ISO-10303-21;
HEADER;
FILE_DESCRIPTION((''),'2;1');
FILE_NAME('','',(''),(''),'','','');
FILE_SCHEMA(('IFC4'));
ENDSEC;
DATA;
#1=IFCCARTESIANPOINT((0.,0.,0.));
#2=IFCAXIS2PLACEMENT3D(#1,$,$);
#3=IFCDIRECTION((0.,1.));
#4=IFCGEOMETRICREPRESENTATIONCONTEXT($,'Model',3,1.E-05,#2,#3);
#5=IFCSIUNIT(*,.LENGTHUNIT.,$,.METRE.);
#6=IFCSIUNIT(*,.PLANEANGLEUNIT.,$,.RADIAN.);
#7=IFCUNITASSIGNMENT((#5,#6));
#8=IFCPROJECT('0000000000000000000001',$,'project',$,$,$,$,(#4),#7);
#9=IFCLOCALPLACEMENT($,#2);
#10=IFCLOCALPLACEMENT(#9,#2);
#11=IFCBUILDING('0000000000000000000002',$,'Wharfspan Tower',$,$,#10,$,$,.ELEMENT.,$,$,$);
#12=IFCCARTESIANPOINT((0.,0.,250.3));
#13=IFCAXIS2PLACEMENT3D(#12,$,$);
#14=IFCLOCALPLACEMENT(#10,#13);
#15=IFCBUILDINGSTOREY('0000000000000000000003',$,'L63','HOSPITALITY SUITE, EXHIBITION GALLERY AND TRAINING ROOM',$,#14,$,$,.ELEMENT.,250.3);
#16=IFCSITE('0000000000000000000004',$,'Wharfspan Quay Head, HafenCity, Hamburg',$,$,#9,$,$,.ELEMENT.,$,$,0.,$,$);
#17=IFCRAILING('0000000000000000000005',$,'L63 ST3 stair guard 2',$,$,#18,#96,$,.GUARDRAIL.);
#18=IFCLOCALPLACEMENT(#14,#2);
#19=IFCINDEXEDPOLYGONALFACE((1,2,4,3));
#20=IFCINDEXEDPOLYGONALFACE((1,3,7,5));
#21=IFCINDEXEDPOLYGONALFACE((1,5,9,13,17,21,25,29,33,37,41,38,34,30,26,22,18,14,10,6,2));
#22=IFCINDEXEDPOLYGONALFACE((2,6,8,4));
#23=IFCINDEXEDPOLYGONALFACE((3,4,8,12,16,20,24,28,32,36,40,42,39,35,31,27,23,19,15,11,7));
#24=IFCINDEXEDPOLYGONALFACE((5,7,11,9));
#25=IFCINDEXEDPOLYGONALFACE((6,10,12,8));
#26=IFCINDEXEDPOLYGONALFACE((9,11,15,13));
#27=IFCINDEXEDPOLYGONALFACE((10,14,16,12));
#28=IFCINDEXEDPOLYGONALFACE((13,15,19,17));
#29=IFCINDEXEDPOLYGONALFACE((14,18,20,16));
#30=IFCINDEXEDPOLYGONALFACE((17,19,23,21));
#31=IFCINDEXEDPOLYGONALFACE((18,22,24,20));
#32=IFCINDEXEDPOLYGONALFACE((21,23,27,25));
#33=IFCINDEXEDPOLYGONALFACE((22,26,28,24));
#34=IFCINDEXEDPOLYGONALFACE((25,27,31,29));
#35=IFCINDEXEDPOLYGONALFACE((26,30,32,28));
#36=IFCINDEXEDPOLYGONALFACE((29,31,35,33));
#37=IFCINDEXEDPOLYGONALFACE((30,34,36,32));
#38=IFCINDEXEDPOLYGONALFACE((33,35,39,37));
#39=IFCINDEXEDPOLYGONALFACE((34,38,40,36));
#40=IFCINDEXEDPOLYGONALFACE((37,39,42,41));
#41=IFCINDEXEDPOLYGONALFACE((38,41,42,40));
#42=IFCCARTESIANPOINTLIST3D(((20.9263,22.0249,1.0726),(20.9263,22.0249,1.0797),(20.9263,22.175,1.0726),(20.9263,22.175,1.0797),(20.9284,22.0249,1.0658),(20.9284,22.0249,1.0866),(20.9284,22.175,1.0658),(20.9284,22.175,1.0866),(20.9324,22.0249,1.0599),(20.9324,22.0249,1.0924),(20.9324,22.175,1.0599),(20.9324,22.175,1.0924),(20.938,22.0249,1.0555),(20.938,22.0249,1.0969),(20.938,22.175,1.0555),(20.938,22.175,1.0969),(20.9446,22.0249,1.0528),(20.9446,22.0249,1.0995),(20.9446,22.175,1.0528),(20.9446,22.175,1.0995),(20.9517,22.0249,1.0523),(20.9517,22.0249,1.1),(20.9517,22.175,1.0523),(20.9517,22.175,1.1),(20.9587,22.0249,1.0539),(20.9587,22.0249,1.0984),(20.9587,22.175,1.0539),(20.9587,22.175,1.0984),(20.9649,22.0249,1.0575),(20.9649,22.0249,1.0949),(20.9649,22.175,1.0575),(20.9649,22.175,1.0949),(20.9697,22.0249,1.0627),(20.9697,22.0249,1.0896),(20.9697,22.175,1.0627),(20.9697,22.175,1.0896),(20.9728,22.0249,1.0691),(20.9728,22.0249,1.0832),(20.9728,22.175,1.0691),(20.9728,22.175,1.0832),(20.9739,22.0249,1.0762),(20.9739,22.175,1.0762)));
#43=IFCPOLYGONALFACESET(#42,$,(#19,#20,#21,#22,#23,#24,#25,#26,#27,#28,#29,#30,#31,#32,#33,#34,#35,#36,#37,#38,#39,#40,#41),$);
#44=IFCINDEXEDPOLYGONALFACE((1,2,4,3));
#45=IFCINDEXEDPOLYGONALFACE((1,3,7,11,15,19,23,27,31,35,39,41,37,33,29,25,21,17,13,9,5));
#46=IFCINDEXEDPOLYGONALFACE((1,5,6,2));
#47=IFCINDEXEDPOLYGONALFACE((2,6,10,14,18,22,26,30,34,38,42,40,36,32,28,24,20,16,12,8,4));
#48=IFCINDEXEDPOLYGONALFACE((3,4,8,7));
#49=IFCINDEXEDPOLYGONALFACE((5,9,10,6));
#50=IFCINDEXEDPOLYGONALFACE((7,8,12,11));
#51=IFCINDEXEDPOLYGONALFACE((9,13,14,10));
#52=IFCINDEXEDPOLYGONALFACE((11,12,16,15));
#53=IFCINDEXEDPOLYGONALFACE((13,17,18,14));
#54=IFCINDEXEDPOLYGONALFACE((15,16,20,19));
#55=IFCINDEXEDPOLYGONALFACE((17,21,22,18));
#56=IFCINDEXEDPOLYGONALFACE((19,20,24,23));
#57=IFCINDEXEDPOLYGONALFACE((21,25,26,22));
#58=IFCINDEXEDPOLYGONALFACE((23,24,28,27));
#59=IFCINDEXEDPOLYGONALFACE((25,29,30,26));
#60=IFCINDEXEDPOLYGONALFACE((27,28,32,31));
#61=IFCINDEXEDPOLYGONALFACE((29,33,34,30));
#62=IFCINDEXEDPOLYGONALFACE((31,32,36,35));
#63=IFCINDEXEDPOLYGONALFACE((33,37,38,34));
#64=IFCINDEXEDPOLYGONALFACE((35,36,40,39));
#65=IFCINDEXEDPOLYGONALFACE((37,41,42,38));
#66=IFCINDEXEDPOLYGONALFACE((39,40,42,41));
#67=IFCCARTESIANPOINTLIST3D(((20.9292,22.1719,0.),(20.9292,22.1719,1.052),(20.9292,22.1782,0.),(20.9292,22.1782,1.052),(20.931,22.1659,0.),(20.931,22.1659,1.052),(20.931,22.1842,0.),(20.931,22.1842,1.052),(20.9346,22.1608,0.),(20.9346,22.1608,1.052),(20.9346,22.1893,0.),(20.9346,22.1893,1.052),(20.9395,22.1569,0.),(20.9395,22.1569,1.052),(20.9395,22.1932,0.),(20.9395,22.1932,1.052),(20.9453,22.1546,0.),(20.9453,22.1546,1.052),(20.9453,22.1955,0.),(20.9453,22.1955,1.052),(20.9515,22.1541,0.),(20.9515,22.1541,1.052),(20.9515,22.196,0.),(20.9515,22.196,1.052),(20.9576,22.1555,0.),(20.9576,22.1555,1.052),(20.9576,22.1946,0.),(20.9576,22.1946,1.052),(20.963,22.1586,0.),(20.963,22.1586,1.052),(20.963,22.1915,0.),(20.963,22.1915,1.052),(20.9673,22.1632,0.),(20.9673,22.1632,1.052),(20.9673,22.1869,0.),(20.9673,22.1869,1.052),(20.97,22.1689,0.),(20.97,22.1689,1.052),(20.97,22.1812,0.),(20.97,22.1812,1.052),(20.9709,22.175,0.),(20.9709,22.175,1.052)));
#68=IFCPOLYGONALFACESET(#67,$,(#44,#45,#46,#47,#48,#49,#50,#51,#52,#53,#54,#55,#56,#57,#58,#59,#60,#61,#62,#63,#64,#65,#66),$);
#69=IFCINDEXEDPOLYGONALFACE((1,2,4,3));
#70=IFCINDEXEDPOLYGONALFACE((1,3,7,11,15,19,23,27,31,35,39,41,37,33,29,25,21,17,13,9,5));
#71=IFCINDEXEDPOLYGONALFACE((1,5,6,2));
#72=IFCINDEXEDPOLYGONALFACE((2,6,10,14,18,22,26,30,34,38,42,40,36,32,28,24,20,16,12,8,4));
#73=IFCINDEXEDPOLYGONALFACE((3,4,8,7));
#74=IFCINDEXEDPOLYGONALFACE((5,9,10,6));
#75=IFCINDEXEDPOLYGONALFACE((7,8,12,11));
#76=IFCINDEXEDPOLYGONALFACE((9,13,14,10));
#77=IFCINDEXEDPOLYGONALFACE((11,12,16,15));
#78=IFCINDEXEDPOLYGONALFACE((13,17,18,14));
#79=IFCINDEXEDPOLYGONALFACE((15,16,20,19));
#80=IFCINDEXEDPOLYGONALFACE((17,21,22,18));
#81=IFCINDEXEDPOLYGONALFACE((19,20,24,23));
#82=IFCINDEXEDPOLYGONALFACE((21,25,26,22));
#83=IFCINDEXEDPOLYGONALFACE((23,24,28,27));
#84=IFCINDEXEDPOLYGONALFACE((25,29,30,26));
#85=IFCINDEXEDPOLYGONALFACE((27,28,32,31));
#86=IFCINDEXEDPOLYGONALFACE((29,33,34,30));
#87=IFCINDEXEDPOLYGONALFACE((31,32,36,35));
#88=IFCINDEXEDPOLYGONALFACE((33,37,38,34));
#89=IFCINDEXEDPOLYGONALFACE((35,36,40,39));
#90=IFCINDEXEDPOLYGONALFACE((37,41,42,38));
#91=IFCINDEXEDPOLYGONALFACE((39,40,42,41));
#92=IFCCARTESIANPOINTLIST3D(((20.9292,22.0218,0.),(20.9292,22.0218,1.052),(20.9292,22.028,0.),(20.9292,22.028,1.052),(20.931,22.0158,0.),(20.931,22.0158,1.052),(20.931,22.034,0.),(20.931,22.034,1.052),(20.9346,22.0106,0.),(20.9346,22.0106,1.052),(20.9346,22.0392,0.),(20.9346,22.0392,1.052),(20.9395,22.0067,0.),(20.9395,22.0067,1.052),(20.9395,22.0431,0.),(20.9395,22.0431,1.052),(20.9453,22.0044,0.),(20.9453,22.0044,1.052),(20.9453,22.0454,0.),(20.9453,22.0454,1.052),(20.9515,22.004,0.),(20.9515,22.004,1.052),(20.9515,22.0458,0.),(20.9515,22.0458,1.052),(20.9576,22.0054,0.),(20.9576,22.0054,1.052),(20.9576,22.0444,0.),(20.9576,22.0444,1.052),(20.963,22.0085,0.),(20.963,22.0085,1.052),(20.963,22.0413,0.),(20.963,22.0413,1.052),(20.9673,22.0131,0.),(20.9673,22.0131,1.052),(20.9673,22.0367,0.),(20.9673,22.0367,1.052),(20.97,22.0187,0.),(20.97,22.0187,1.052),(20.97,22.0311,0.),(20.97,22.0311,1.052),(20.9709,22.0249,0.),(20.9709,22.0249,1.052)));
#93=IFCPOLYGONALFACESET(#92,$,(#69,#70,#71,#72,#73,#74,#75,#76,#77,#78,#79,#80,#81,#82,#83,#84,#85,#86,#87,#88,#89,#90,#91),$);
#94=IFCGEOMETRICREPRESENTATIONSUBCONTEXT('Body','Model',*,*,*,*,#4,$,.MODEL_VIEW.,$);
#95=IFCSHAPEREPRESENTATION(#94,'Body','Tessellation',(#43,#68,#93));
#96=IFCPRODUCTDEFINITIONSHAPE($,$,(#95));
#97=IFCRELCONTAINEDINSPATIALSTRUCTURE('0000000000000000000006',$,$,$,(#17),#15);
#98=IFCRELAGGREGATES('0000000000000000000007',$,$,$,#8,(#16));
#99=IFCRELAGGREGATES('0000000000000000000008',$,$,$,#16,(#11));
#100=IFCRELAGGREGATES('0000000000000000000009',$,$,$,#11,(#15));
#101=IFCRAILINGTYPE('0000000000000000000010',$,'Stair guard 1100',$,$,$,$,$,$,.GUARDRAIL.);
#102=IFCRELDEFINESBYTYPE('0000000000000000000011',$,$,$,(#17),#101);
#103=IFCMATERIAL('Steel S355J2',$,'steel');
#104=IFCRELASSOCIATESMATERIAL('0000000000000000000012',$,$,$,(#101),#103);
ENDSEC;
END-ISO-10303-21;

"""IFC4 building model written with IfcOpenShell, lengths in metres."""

from ifc_helpers import new_model, si_unit, direction, frame, origin, origin_2d, place, context, subcontext, project, spatial, circle, extrude, material, type_object, element, save


model = new_model("IFC4")

# Units and contexts
model_context = context("Model", 3, precision=1e-05, world=origin(), true_north=direction((0.0, 1.0)))
body_context = subcontext(model_context, "Body", "Model", "MODEL_VIEW")
ifc_project = project(units=[si_unit("LENGTHUNIT", "METRE"), si_unit("PLANEANGLEUNIT", "RADIAN")], contexts=[model_context])

# Site, building, storey
site_placement = place(None, origin())
site = spatial("IfcSite", under=ifc_project, at=site_placement, Name="Wharfspan Quay Head, HafenCity, Hamburg", CompositionType="ELEMENT", RefElevation=0.0)
building_placement = place(site_placement, origin())
building = spatial("IfcBuilding", under=site, at=building_placement, Name="Wharfspan Tower", CompositionType="ELEMENT")
storey_placement = place(building_placement, frame((0.0, 0.0, 250.3)))
storey = spatial("IfcBuildingStorey", under=building, at=storey_placement, Name="L63", Description="HOSPITALITY SUITE, EXHIBITION GALLERY AND TRAINING ROOM", CompositionType="ELEMENT", Elevation=250.3)

# Shared definitions
ifc_material_1 = material(Name="Steel S355J2", Category="steel")

# Railing
railing_type_1 = type_object("IfcRailingType", Name="Stair guard 1100", PredefinedType="GUARDRAIL", material=ifc_material_1)
railing_1_placement = place(storey_placement, frame((20.95, 22.175, 0.0)))
element("IfcRailing", 1, at=railing_1_placement, inside=storey, type_object=railing_type_1, Name="L63 ST3 stair guard 2", PredefinedType="GUARDRAIL", context=body_context, shape_type="SweptSolid", body=[
    extrude(circle(Radius=0.0239, at=origin_2d()), frame((0.0, 0.0, 1.0762), z_axis=(0.0, -1.0, 0.0), x_axis=(1.0, 0.0, 0.0)), (0.0, 0.0, 1.0), 0.1501),
    extrude(circle(Radius=0.021, at=origin_2d()), origin(), (0.0, 0.0, 1.0), 1.052),
    extrude(circle(Radius=0.021, at=origin_2d()), frame((0.0, -0.1501, 0.0)), (0.0, 0.0, 1.0), 1.052),
])

save(model, "model.ifc")
